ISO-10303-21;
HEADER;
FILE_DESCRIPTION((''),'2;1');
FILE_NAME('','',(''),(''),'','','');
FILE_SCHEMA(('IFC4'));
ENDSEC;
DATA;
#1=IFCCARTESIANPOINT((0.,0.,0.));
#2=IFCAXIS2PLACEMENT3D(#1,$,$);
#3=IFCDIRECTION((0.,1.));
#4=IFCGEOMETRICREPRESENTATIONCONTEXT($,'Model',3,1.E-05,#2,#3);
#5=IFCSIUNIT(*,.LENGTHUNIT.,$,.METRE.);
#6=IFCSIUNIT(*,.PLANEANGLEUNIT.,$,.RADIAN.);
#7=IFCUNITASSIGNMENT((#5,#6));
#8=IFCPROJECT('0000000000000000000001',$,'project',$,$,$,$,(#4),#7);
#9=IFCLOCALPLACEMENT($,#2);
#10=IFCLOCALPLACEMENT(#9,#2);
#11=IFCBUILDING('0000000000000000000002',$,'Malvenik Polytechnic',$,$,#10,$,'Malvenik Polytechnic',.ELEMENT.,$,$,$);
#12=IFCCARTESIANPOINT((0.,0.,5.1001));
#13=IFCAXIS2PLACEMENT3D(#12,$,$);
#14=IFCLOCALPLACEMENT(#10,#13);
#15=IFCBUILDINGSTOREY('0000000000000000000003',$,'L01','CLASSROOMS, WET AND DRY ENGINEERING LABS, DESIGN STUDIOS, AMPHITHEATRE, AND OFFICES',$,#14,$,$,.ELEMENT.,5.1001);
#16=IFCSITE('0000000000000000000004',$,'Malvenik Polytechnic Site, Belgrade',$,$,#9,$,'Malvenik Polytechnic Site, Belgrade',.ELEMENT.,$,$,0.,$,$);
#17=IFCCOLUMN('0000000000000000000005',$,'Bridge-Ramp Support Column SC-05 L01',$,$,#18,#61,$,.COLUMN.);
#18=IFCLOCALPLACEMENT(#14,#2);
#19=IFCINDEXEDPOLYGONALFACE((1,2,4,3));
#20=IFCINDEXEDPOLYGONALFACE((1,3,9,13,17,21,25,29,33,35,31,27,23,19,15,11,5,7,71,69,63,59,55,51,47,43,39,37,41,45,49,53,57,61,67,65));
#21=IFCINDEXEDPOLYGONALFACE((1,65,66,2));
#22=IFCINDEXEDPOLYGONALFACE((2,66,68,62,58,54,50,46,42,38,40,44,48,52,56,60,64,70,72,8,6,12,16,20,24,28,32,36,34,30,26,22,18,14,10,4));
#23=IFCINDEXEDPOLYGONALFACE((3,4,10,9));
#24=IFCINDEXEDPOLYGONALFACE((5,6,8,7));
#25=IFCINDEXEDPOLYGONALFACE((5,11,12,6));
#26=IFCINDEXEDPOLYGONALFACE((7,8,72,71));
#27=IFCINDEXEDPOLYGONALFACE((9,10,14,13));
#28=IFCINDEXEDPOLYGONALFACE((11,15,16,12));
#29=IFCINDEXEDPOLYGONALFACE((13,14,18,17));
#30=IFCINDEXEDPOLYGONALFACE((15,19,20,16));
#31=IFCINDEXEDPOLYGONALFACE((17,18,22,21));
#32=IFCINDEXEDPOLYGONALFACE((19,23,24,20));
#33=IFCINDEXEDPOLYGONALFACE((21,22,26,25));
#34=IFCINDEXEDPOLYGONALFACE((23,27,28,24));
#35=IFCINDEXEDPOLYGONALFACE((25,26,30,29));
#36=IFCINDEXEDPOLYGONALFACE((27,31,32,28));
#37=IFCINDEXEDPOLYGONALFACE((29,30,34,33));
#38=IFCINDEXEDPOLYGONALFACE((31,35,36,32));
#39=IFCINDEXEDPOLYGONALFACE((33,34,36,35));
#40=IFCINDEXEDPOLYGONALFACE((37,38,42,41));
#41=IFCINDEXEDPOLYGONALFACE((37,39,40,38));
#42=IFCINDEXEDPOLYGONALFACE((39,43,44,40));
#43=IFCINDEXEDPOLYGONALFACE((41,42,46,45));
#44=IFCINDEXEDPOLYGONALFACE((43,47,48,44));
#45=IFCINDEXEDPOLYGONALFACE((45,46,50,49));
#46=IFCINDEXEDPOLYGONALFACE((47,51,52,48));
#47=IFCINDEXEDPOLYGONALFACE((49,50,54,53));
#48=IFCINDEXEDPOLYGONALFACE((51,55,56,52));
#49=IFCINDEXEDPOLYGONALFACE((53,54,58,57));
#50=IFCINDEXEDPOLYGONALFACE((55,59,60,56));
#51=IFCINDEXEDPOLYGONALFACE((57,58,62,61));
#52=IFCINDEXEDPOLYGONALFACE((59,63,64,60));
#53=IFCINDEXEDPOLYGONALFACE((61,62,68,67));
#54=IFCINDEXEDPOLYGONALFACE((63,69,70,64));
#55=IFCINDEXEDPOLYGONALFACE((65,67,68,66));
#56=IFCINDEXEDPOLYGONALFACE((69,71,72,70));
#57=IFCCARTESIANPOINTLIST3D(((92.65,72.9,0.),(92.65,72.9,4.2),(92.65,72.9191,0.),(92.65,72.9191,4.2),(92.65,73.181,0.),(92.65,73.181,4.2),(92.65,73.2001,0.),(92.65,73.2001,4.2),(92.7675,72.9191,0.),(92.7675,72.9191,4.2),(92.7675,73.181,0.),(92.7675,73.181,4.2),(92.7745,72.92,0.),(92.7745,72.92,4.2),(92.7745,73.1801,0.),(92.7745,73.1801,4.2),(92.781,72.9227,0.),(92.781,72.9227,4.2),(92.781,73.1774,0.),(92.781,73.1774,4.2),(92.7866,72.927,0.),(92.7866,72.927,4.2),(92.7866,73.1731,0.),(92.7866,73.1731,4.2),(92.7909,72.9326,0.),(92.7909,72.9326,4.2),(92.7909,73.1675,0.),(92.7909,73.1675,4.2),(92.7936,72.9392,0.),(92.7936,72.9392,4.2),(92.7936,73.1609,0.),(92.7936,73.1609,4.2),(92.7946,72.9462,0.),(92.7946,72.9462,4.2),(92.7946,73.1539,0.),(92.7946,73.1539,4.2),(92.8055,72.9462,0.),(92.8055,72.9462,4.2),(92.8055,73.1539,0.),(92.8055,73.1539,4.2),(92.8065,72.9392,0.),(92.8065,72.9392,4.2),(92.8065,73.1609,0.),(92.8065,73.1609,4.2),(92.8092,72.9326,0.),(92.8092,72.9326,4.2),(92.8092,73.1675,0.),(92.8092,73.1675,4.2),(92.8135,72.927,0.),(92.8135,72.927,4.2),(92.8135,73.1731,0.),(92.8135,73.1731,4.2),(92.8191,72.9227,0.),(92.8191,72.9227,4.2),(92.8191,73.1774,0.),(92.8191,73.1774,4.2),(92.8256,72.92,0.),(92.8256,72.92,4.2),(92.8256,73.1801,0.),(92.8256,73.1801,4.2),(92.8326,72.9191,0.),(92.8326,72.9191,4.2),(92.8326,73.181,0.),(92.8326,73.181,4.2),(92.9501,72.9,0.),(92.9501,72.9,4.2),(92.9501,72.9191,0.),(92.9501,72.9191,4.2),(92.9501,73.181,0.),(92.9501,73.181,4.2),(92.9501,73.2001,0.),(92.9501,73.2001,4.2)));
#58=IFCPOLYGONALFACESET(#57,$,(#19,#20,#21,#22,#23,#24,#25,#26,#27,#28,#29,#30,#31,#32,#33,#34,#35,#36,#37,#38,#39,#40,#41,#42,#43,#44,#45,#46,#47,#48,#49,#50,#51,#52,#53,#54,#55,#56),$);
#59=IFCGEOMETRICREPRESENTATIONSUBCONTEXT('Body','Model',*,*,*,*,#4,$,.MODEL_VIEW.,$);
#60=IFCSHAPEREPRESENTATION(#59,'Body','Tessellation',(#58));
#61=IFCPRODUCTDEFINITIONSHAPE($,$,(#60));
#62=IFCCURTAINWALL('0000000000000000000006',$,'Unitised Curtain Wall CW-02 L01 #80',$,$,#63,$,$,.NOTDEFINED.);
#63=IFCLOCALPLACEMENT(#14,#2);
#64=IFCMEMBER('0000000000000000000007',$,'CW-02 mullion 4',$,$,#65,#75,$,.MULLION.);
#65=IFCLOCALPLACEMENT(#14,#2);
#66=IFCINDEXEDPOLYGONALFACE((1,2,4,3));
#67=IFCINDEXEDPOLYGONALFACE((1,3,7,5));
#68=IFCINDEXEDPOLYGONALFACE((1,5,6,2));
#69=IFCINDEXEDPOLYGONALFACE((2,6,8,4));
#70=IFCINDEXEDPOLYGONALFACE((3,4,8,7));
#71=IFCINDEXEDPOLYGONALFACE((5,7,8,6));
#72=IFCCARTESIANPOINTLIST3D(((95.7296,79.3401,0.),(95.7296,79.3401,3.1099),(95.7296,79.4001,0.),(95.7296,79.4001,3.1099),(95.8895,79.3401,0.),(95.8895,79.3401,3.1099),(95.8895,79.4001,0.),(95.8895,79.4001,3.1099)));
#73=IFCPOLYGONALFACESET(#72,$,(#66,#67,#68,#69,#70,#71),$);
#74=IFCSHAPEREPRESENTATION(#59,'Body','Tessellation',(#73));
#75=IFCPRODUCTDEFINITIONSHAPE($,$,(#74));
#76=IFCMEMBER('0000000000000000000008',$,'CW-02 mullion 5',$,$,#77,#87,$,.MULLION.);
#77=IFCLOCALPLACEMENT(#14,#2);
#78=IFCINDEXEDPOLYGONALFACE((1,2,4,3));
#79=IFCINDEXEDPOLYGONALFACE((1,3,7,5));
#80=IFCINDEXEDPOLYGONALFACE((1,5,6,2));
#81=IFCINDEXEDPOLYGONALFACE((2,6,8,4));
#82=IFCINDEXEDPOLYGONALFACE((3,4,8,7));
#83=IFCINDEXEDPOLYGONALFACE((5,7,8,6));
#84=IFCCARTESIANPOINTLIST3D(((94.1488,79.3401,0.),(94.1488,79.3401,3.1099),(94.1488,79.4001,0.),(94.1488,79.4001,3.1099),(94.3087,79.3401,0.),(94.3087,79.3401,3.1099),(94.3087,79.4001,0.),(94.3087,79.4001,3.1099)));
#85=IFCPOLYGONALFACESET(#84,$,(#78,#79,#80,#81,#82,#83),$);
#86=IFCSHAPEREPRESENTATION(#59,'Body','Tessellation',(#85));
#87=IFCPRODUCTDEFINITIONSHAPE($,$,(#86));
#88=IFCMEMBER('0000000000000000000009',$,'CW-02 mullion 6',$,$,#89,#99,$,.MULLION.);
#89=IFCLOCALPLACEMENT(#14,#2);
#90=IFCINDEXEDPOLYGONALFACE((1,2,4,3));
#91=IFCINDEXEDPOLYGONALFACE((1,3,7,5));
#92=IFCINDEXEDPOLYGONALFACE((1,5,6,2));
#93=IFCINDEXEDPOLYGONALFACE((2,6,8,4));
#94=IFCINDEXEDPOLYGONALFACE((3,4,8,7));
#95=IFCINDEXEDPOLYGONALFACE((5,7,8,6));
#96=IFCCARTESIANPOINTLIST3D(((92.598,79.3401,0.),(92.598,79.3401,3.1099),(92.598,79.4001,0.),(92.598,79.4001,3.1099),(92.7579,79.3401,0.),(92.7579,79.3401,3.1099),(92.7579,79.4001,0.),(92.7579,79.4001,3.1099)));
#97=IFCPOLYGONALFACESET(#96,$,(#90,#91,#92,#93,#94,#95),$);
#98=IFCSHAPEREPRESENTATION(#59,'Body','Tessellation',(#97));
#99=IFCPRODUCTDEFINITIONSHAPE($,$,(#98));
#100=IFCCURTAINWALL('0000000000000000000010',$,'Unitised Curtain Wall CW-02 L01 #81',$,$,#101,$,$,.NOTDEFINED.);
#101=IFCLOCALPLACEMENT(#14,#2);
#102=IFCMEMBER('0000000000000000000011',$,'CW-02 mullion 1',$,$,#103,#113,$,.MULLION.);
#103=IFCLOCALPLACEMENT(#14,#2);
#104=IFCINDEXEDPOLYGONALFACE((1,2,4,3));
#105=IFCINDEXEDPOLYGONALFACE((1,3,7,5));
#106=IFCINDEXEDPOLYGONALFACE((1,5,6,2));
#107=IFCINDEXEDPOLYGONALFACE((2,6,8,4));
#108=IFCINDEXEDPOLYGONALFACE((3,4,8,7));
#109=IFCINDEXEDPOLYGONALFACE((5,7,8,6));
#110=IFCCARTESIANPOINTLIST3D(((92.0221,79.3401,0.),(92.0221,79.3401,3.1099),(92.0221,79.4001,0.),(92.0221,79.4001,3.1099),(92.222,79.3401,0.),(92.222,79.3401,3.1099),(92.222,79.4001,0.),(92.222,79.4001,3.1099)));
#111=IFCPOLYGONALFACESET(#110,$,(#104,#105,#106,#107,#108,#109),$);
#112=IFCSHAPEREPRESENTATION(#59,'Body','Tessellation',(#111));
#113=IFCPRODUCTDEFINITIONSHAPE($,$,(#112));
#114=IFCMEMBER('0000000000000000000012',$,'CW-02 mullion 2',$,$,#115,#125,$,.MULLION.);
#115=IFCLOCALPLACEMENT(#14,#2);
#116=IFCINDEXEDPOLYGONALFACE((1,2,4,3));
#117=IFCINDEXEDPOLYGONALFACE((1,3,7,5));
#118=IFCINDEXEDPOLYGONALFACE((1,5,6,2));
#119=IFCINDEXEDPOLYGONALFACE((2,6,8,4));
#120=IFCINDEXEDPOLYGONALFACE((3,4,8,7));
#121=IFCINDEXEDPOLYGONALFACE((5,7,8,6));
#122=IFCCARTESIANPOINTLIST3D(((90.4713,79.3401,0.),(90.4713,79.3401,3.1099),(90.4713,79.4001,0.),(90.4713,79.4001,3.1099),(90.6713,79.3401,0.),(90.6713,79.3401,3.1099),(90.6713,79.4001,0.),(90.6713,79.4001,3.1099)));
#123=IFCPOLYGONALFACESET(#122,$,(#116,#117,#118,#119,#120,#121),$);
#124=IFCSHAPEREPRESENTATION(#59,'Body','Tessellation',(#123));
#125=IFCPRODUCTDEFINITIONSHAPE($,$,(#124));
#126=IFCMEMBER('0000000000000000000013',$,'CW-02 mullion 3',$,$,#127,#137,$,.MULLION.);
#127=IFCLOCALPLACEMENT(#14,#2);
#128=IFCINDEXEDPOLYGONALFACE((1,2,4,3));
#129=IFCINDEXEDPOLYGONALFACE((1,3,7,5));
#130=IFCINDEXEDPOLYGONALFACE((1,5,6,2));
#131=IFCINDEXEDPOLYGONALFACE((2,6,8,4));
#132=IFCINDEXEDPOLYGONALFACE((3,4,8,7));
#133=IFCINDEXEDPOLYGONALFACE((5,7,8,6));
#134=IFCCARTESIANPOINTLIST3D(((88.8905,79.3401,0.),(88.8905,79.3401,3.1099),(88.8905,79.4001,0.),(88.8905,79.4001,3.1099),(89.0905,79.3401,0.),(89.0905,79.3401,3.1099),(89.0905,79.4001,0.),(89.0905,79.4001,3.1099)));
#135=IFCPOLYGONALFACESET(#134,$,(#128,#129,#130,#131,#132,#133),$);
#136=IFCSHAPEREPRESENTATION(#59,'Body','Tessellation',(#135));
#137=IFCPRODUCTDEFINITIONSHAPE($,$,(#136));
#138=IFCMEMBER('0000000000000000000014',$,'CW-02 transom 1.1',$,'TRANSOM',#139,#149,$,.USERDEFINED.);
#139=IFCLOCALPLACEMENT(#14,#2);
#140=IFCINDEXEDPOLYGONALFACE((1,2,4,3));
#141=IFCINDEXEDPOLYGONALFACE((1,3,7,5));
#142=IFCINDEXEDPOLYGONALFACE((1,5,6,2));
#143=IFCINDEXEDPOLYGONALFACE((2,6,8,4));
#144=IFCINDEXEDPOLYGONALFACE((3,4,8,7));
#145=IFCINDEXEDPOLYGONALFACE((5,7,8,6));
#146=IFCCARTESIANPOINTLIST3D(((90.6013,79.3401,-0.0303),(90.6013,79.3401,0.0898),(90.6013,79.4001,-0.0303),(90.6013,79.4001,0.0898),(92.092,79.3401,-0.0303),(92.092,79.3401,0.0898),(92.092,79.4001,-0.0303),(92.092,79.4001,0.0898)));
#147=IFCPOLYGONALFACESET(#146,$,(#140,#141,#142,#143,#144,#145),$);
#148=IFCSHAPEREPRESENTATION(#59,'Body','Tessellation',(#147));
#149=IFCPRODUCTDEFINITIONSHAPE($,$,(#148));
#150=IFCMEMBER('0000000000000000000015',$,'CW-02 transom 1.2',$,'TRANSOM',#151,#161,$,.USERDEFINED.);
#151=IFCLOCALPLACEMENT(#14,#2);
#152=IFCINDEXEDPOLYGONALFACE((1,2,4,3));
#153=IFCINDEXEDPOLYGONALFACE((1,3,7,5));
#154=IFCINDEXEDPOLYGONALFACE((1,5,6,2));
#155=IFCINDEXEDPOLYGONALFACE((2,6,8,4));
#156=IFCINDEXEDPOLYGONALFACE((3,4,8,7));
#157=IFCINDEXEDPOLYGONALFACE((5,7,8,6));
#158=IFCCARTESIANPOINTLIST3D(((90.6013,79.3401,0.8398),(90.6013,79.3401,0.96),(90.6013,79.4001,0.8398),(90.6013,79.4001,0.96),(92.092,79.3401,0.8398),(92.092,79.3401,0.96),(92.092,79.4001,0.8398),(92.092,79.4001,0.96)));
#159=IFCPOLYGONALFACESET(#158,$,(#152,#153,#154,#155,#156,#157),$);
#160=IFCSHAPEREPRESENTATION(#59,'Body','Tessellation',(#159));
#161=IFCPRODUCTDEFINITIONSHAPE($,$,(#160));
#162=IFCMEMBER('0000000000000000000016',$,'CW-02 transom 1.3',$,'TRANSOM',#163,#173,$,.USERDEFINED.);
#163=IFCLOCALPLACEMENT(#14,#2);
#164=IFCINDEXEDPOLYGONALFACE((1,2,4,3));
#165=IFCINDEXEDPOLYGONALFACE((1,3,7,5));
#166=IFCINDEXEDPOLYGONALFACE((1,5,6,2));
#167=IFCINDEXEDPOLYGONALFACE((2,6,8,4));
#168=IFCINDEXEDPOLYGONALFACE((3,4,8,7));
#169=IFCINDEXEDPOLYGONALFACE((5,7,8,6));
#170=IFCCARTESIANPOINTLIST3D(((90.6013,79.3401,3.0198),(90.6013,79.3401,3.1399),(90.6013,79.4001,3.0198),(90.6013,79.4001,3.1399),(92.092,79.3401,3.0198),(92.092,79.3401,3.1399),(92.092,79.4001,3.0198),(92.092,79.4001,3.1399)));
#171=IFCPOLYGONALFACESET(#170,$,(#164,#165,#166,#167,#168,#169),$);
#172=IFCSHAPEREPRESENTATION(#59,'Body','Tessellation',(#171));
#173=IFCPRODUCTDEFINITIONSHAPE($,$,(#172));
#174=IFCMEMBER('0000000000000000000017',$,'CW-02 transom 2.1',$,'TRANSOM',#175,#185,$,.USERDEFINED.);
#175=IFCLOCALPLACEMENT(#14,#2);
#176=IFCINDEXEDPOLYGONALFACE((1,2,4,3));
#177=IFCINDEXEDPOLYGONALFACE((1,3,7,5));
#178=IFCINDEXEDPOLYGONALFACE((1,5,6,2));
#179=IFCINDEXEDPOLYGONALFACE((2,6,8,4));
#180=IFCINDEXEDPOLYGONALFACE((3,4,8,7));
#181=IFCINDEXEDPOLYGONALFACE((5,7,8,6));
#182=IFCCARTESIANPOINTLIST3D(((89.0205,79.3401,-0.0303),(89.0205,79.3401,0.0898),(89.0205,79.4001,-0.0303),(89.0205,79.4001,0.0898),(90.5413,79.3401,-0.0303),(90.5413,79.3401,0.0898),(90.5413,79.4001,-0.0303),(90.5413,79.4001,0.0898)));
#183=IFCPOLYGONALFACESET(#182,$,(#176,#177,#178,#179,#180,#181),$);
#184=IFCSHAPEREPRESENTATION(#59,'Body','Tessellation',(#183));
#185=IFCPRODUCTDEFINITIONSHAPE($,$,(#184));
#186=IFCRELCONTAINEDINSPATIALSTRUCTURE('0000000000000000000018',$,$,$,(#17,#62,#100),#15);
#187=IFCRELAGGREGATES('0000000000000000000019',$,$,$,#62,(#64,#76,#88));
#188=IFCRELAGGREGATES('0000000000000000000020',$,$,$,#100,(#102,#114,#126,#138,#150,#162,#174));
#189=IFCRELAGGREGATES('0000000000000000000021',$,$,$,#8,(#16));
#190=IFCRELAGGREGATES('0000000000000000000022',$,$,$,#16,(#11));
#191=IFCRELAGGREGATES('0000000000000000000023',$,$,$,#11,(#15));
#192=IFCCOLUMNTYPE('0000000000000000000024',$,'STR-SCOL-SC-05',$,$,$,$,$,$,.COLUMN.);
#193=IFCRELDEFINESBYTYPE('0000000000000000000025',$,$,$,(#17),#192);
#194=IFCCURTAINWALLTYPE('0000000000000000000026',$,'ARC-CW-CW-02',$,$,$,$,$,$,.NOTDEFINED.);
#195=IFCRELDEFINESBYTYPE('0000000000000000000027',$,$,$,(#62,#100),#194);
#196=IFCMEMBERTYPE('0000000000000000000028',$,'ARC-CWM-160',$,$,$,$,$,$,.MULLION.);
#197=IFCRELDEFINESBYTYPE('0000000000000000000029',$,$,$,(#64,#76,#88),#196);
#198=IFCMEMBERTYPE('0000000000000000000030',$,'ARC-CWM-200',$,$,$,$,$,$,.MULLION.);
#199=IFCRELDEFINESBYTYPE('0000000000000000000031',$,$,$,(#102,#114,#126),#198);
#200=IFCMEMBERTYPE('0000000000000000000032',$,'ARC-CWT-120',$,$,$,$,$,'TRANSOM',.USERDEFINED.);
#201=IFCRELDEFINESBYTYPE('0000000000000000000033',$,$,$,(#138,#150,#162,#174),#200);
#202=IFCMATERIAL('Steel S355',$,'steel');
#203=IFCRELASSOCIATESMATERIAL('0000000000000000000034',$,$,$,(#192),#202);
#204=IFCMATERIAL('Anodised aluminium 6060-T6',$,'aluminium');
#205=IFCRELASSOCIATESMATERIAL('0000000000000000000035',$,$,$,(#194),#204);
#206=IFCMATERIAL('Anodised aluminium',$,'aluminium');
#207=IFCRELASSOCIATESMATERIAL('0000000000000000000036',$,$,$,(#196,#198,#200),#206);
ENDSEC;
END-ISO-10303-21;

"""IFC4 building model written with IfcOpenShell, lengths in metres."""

from ifc_helpers import new_model, si_unit, direction, frame, origin, origin_2d, place, context, subcontext, project, spatial, rectangle, i_section, extrude, material, material_profile, profile_set, type_object, element, aggregate, save


model = new_model("IFC4")

# Units and contexts
model_context = context("Model", 3, precision=1e-05, world=origin(), true_north=direction((0.0, 1.0)))
body_context = subcontext(model_context, "Body", "Model", "MODEL_VIEW")
ifc_project = project(units=[si_unit("LENGTHUNIT", "METRE"), si_unit("PLANEANGLEUNIT", "RADIAN")], contexts=[model_context])

# Site, building, storey
site_placement = place(None, origin())
site = spatial("IfcSite", under=ifc_project, at=site_placement, Name="Malvenik Polytechnic Site, Belgrade", LongName="Malvenik Polytechnic Site, Belgrade", CompositionType="ELEMENT", RefElevation=0.0)
building_placement = place(site_placement, origin())
building = spatial("IfcBuilding", under=site, at=building_placement, Name="Malvenik Polytechnic", LongName="Malvenik Polytechnic", CompositionType="ELEMENT")
storey_placement = place(building_placement, frame((0.0, 0.0, 5.1001)))
storey = spatial("IfcBuildingStorey", under=building, at=storey_placement, Name="L01", Description="CLASSROOMS, WET AND DRY ENGINEERING LABS, DESIGN STUDIOS, AMPHITHEATRE, AND OFFICES", CompositionType="ELEMENT", Elevation=5.1001)

# Column
ifc_material_1 = material(Name="Steel S355", Category="steel")
ifc_material_profile_1 = material_profile(ifc_material_1, i_section(OverallWidth=0.3, OverallDepth=0.3, WebThickness=0.011, FlangeThickness=0.019, FilletRadius=0.0271, at=origin_2d()), Name="HEB 300")
ifc_profile_set_1 = profile_set([ifc_material_profile_1], Name="Steel S355")
column_type_1 = type_object("IfcColumnType", Name="STR-SCOL-SC-05", PredefinedType="COLUMN", material=ifc_profile_set_1)
for number, where, z_axis, x_axis, name in (
    (1, (92.8, 73.05, 0.0), (0.0, 0.0, 1.0), (1.0, 0.0, 0.0), "Bridge-Ramp Support Column SC-05 L01"),
):
    element("IfcColumn", number, at=place(storey_placement, frame(where, z_axis=z_axis, x_axis=x_axis)), inside=storey, type_object=column_type_1, Name=name, PredefinedType="COLUMN", context=body_context, shape_type="SweptSolid", body=[
        extrude(i_section(OverallWidth=0.3, OverallDepth=0.3, WebThickness=0.011, FlangeThickness=0.019, FilletRadius=0.0271, at=origin_2d()), origin(), (0.0, 0.0, 1.0), 4.2),
    ])

# Curtain walls, members
ifc_material_2 = material(Name="Anodised aluminium 6060-T6", Category="aluminium")
curtain_wall_type = type_object("IfcCurtainWallType", Name="ARC-CW-CW-02", PredefinedType="NOTDEFINED", material=ifc_material_2)
curtain_wall_1_placement = place(storey_placement, origin())
curtain_wall_1 = element("IfcCurtainWall", 2, at=curtain_wall_1_placement, inside=storey, type_object=curtain_wall_type, Name="Unitised Curtain Wall CW-02 L01 #80", PredefinedType="NOTDEFINED")
ifc_material_3 = material(Name="Anodised aluminium", Category="aluminium")
ifc_material_profile_2 = material_profile(ifc_material_3, rectangle(XDim=0.0601, YDim=0.1599, at=origin_2d()), Name="ALU MULLION 60x160")
ifc_profile_set_2 = profile_set([ifc_material_profile_2], Name="Anodised aluminium")
member_type_1 = type_object("IfcMemberType", Name="ARC-CWM-160", PredefinedType="MULLION", material=ifc_profile_set_2)
member_1_placement = place(storey_placement, frame((95.8096, 79.3701, 0.0), z_axis=(0.0, 0.0, 1.0), x_axis=(0.0, -1.0, 0.0)))
member_1 = element("IfcMember", 3, at=member_1_placement, type_object=member_type_1, Name="CW-02 mullion 4", PredefinedType="MULLION", context=body_context, shape_type="SweptSolid", body=[
    extrude(rectangle(XDim=0.0601, YDim=0.1599, at=origin_2d()), origin(), (0.0, 0.0, 1.0), 3.1099),
])
member_2_placement = place(storey_placement, frame((94.2288, 79.3701, 0.0), z_axis=(0.0, 0.0, 1.0), x_axis=(0.0, -1.0, 0.0)))
member_2 = element("IfcMember", 4, at=member_2_placement, type_object=member_type_1, Name="CW-02 mullion 5", PredefinedType="MULLION", context=body_context, shape_type="SweptSolid", body=[
    extrude(rectangle(XDim=0.0601, YDim=0.1599, at=origin_2d()), origin(), (0.0, 0.0, 1.0), 3.1099),
])
member_3_placement = place(storey_placement, frame((92.678, 79.3701, 0.0), z_axis=(0.0, 0.0, 1.0), x_axis=(0.0, -1.0, 0.0)))
member_3 = element("IfcMember", 5, at=member_3_placement, type_object=member_type_1, Name="CW-02 mullion 6", PredefinedType="MULLION", context=body_context, shape_type="SweptSolid", body=[
    extrude(rectangle(XDim=0.0601, YDim=0.1599, at=origin_2d()), origin(), (0.0, 0.0, 1.0), 3.1099),
])
curtain_wall_2_placement = place(storey_placement, origin())
curtain_wall_2 = element("IfcCurtainWall", 6, at=curtain_wall_2_placement, inside=storey, type_object=curtain_wall_type, Name="Unitised Curtain Wall CW-02 L01 #81", PredefinedType="NOTDEFINED")
ifc_material_profile_3 = material_profile(ifc_material_3, rectangle(XDim=0.0601, YDim=0.2, at=origin_2d()), Name="ALU MULLION 60x200")
ifc_profile_set_3 = profile_set([ifc_material_profile_3], Name="Anodised aluminium")
member_type_2 = type_object("IfcMemberType", Name="ARC-CWM-200", PredefinedType="MULLION", material=ifc_profile_set_3)
member_4_placement = place(storey_placement, frame((92.1221, 79.3701, 0.0), z_axis=(0.0, 0.0, 1.0), x_axis=(0.0, -1.0, 0.0)))
member_4 = element("IfcMember", 7, at=member_4_placement, type_object=member_type_2, Name="CW-02 mullion 1", PredefinedType="MULLION", context=body_context, shape_type="SweptSolid", body=[
    extrude(rectangle(XDim=0.0601, YDim=0.2, at=origin_2d()), origin(), (0.0, 0.0, 1.0), 3.1099),
])
member_5_placement = place(storey_placement, frame((90.5713, 79.3701, 0.0), z_axis=(0.0, 0.0, 1.0), x_axis=(0.0, -1.0, 0.0)))
member_5 = element("IfcMember", 8, at=member_5_placement, type_object=member_type_2, Name="CW-02 mullion 2", PredefinedType="MULLION", context=body_context, shape_type="SweptSolid", body=[
    extrude(rectangle(XDim=0.0601, YDim=0.2, at=origin_2d()), origin(), (0.0, 0.0, 1.0), 3.1099),
])
member_6_placement = place(storey_placement, frame((88.9905, 79.3701, 0.0), z_axis=(0.0, 0.0, 1.0), x_axis=(0.0, -1.0, 0.0)))
member_6 = element("IfcMember", 9, at=member_6_placement, type_object=member_type_2, Name="CW-02 mullion 3", PredefinedType="MULLION", context=body_context, shape_type="SweptSolid", body=[
    extrude(rectangle(XDim=0.0601, YDim=0.2, at=origin_2d()), origin(), (0.0, 0.0, 1.0), 3.1099),
])
ifc_material_profile_4 = material_profile(ifc_material_3, rectangle(XDim=0.0601, YDim=0.1201, at=origin_2d()), Name="ALU TRANSOM 60x120")
ifc_profile_set_4 = profile_set([ifc_material_profile_4], Name="Anodised aluminium")
member_type_3 = type_object("IfcMemberType", Name="ARC-CWT-120", ElementType="TRANSOM", PredefinedType="USERDEFINED", material=ifc_profile_set_4)
member_7_placement = place(storey_placement, frame((92.092, 79.3701, 0.0298), z_axis=(-1.0, 0.0, 0.0), x_axis=(0.0, -1.0, 0.0)))
member_7 = element("IfcMember", 10, at=member_7_placement, type_object=member_type_3, Name="CW-02 transom 1.1", ObjectType="TRANSOM", PredefinedType="USERDEFINED", context=body_context, shape_type="SweptSolid", body=[
    extrude(rectangle(XDim=0.0601, YDim=0.1201, at=origin_2d()), origin(), (0.0, 0.0, 1.0), 1.4907),
])
member_8_placement = place(storey_placement, frame((92.092, 79.3701, 0.8999), z_axis=(-1.0, 0.0, 0.0), x_axis=(0.0, -1.0, 0.0)))
member_8 = element("IfcMember", 11, at=member_8_placement, type_object=member_type_3, Name="CW-02 transom 1.2", ObjectType="TRANSOM", PredefinedType="USERDEFINED", context=body_context, shape_type="SweptSolid", body=[
    extrude(rectangle(XDim=0.0601, YDim=0.1201, at=origin_2d()), origin(), (0.0, 0.0, 1.0), 1.4907),
])
member_9_placement = place(storey_placement, frame((92.092, 79.3701, 3.0798), z_axis=(-1.0, 0.0, 0.0), x_axis=(0.0, -1.0, 0.0)))
member_9 = element("IfcMember", 12, at=member_9_placement, type_object=member_type_3, Name="CW-02 transom 1.3", ObjectType="TRANSOM", PredefinedType="USERDEFINED", context=body_context, shape_type="SweptSolid", body=[
    extrude(rectangle(XDim=0.0601, YDim=0.1201, at=origin_2d()), origin(), (0.0, 0.0, 1.0), 1.4907),
])
member_10_placement = place(storey_placement, frame((90.5413, 79.3701, 0.0298), z_axis=(-1.0, 0.0, 0.0), x_axis=(0.0, -1.0, 0.0)))
member_10 = element("IfcMember", 13, at=member_10_placement, type_object=member_type_3, Name="CW-02 transom 2.1", ObjectType="TRANSOM", PredefinedType="USERDEFINED", context=body_context, shape_type="SweptSolid", body=[
    extrude(rectangle(XDim=0.0601, YDim=0.1201, at=origin_2d()), origin(), (0.0, 0.0, 1.0), 1.5208),
])

aggregate(curtain_wall_1, [member_1, member_2, member_3])
aggregate(curtain_wall_2, [member_4, member_5, member_6, member_7, member_8, member_9, member_10])

save(model, "model.ifc")
